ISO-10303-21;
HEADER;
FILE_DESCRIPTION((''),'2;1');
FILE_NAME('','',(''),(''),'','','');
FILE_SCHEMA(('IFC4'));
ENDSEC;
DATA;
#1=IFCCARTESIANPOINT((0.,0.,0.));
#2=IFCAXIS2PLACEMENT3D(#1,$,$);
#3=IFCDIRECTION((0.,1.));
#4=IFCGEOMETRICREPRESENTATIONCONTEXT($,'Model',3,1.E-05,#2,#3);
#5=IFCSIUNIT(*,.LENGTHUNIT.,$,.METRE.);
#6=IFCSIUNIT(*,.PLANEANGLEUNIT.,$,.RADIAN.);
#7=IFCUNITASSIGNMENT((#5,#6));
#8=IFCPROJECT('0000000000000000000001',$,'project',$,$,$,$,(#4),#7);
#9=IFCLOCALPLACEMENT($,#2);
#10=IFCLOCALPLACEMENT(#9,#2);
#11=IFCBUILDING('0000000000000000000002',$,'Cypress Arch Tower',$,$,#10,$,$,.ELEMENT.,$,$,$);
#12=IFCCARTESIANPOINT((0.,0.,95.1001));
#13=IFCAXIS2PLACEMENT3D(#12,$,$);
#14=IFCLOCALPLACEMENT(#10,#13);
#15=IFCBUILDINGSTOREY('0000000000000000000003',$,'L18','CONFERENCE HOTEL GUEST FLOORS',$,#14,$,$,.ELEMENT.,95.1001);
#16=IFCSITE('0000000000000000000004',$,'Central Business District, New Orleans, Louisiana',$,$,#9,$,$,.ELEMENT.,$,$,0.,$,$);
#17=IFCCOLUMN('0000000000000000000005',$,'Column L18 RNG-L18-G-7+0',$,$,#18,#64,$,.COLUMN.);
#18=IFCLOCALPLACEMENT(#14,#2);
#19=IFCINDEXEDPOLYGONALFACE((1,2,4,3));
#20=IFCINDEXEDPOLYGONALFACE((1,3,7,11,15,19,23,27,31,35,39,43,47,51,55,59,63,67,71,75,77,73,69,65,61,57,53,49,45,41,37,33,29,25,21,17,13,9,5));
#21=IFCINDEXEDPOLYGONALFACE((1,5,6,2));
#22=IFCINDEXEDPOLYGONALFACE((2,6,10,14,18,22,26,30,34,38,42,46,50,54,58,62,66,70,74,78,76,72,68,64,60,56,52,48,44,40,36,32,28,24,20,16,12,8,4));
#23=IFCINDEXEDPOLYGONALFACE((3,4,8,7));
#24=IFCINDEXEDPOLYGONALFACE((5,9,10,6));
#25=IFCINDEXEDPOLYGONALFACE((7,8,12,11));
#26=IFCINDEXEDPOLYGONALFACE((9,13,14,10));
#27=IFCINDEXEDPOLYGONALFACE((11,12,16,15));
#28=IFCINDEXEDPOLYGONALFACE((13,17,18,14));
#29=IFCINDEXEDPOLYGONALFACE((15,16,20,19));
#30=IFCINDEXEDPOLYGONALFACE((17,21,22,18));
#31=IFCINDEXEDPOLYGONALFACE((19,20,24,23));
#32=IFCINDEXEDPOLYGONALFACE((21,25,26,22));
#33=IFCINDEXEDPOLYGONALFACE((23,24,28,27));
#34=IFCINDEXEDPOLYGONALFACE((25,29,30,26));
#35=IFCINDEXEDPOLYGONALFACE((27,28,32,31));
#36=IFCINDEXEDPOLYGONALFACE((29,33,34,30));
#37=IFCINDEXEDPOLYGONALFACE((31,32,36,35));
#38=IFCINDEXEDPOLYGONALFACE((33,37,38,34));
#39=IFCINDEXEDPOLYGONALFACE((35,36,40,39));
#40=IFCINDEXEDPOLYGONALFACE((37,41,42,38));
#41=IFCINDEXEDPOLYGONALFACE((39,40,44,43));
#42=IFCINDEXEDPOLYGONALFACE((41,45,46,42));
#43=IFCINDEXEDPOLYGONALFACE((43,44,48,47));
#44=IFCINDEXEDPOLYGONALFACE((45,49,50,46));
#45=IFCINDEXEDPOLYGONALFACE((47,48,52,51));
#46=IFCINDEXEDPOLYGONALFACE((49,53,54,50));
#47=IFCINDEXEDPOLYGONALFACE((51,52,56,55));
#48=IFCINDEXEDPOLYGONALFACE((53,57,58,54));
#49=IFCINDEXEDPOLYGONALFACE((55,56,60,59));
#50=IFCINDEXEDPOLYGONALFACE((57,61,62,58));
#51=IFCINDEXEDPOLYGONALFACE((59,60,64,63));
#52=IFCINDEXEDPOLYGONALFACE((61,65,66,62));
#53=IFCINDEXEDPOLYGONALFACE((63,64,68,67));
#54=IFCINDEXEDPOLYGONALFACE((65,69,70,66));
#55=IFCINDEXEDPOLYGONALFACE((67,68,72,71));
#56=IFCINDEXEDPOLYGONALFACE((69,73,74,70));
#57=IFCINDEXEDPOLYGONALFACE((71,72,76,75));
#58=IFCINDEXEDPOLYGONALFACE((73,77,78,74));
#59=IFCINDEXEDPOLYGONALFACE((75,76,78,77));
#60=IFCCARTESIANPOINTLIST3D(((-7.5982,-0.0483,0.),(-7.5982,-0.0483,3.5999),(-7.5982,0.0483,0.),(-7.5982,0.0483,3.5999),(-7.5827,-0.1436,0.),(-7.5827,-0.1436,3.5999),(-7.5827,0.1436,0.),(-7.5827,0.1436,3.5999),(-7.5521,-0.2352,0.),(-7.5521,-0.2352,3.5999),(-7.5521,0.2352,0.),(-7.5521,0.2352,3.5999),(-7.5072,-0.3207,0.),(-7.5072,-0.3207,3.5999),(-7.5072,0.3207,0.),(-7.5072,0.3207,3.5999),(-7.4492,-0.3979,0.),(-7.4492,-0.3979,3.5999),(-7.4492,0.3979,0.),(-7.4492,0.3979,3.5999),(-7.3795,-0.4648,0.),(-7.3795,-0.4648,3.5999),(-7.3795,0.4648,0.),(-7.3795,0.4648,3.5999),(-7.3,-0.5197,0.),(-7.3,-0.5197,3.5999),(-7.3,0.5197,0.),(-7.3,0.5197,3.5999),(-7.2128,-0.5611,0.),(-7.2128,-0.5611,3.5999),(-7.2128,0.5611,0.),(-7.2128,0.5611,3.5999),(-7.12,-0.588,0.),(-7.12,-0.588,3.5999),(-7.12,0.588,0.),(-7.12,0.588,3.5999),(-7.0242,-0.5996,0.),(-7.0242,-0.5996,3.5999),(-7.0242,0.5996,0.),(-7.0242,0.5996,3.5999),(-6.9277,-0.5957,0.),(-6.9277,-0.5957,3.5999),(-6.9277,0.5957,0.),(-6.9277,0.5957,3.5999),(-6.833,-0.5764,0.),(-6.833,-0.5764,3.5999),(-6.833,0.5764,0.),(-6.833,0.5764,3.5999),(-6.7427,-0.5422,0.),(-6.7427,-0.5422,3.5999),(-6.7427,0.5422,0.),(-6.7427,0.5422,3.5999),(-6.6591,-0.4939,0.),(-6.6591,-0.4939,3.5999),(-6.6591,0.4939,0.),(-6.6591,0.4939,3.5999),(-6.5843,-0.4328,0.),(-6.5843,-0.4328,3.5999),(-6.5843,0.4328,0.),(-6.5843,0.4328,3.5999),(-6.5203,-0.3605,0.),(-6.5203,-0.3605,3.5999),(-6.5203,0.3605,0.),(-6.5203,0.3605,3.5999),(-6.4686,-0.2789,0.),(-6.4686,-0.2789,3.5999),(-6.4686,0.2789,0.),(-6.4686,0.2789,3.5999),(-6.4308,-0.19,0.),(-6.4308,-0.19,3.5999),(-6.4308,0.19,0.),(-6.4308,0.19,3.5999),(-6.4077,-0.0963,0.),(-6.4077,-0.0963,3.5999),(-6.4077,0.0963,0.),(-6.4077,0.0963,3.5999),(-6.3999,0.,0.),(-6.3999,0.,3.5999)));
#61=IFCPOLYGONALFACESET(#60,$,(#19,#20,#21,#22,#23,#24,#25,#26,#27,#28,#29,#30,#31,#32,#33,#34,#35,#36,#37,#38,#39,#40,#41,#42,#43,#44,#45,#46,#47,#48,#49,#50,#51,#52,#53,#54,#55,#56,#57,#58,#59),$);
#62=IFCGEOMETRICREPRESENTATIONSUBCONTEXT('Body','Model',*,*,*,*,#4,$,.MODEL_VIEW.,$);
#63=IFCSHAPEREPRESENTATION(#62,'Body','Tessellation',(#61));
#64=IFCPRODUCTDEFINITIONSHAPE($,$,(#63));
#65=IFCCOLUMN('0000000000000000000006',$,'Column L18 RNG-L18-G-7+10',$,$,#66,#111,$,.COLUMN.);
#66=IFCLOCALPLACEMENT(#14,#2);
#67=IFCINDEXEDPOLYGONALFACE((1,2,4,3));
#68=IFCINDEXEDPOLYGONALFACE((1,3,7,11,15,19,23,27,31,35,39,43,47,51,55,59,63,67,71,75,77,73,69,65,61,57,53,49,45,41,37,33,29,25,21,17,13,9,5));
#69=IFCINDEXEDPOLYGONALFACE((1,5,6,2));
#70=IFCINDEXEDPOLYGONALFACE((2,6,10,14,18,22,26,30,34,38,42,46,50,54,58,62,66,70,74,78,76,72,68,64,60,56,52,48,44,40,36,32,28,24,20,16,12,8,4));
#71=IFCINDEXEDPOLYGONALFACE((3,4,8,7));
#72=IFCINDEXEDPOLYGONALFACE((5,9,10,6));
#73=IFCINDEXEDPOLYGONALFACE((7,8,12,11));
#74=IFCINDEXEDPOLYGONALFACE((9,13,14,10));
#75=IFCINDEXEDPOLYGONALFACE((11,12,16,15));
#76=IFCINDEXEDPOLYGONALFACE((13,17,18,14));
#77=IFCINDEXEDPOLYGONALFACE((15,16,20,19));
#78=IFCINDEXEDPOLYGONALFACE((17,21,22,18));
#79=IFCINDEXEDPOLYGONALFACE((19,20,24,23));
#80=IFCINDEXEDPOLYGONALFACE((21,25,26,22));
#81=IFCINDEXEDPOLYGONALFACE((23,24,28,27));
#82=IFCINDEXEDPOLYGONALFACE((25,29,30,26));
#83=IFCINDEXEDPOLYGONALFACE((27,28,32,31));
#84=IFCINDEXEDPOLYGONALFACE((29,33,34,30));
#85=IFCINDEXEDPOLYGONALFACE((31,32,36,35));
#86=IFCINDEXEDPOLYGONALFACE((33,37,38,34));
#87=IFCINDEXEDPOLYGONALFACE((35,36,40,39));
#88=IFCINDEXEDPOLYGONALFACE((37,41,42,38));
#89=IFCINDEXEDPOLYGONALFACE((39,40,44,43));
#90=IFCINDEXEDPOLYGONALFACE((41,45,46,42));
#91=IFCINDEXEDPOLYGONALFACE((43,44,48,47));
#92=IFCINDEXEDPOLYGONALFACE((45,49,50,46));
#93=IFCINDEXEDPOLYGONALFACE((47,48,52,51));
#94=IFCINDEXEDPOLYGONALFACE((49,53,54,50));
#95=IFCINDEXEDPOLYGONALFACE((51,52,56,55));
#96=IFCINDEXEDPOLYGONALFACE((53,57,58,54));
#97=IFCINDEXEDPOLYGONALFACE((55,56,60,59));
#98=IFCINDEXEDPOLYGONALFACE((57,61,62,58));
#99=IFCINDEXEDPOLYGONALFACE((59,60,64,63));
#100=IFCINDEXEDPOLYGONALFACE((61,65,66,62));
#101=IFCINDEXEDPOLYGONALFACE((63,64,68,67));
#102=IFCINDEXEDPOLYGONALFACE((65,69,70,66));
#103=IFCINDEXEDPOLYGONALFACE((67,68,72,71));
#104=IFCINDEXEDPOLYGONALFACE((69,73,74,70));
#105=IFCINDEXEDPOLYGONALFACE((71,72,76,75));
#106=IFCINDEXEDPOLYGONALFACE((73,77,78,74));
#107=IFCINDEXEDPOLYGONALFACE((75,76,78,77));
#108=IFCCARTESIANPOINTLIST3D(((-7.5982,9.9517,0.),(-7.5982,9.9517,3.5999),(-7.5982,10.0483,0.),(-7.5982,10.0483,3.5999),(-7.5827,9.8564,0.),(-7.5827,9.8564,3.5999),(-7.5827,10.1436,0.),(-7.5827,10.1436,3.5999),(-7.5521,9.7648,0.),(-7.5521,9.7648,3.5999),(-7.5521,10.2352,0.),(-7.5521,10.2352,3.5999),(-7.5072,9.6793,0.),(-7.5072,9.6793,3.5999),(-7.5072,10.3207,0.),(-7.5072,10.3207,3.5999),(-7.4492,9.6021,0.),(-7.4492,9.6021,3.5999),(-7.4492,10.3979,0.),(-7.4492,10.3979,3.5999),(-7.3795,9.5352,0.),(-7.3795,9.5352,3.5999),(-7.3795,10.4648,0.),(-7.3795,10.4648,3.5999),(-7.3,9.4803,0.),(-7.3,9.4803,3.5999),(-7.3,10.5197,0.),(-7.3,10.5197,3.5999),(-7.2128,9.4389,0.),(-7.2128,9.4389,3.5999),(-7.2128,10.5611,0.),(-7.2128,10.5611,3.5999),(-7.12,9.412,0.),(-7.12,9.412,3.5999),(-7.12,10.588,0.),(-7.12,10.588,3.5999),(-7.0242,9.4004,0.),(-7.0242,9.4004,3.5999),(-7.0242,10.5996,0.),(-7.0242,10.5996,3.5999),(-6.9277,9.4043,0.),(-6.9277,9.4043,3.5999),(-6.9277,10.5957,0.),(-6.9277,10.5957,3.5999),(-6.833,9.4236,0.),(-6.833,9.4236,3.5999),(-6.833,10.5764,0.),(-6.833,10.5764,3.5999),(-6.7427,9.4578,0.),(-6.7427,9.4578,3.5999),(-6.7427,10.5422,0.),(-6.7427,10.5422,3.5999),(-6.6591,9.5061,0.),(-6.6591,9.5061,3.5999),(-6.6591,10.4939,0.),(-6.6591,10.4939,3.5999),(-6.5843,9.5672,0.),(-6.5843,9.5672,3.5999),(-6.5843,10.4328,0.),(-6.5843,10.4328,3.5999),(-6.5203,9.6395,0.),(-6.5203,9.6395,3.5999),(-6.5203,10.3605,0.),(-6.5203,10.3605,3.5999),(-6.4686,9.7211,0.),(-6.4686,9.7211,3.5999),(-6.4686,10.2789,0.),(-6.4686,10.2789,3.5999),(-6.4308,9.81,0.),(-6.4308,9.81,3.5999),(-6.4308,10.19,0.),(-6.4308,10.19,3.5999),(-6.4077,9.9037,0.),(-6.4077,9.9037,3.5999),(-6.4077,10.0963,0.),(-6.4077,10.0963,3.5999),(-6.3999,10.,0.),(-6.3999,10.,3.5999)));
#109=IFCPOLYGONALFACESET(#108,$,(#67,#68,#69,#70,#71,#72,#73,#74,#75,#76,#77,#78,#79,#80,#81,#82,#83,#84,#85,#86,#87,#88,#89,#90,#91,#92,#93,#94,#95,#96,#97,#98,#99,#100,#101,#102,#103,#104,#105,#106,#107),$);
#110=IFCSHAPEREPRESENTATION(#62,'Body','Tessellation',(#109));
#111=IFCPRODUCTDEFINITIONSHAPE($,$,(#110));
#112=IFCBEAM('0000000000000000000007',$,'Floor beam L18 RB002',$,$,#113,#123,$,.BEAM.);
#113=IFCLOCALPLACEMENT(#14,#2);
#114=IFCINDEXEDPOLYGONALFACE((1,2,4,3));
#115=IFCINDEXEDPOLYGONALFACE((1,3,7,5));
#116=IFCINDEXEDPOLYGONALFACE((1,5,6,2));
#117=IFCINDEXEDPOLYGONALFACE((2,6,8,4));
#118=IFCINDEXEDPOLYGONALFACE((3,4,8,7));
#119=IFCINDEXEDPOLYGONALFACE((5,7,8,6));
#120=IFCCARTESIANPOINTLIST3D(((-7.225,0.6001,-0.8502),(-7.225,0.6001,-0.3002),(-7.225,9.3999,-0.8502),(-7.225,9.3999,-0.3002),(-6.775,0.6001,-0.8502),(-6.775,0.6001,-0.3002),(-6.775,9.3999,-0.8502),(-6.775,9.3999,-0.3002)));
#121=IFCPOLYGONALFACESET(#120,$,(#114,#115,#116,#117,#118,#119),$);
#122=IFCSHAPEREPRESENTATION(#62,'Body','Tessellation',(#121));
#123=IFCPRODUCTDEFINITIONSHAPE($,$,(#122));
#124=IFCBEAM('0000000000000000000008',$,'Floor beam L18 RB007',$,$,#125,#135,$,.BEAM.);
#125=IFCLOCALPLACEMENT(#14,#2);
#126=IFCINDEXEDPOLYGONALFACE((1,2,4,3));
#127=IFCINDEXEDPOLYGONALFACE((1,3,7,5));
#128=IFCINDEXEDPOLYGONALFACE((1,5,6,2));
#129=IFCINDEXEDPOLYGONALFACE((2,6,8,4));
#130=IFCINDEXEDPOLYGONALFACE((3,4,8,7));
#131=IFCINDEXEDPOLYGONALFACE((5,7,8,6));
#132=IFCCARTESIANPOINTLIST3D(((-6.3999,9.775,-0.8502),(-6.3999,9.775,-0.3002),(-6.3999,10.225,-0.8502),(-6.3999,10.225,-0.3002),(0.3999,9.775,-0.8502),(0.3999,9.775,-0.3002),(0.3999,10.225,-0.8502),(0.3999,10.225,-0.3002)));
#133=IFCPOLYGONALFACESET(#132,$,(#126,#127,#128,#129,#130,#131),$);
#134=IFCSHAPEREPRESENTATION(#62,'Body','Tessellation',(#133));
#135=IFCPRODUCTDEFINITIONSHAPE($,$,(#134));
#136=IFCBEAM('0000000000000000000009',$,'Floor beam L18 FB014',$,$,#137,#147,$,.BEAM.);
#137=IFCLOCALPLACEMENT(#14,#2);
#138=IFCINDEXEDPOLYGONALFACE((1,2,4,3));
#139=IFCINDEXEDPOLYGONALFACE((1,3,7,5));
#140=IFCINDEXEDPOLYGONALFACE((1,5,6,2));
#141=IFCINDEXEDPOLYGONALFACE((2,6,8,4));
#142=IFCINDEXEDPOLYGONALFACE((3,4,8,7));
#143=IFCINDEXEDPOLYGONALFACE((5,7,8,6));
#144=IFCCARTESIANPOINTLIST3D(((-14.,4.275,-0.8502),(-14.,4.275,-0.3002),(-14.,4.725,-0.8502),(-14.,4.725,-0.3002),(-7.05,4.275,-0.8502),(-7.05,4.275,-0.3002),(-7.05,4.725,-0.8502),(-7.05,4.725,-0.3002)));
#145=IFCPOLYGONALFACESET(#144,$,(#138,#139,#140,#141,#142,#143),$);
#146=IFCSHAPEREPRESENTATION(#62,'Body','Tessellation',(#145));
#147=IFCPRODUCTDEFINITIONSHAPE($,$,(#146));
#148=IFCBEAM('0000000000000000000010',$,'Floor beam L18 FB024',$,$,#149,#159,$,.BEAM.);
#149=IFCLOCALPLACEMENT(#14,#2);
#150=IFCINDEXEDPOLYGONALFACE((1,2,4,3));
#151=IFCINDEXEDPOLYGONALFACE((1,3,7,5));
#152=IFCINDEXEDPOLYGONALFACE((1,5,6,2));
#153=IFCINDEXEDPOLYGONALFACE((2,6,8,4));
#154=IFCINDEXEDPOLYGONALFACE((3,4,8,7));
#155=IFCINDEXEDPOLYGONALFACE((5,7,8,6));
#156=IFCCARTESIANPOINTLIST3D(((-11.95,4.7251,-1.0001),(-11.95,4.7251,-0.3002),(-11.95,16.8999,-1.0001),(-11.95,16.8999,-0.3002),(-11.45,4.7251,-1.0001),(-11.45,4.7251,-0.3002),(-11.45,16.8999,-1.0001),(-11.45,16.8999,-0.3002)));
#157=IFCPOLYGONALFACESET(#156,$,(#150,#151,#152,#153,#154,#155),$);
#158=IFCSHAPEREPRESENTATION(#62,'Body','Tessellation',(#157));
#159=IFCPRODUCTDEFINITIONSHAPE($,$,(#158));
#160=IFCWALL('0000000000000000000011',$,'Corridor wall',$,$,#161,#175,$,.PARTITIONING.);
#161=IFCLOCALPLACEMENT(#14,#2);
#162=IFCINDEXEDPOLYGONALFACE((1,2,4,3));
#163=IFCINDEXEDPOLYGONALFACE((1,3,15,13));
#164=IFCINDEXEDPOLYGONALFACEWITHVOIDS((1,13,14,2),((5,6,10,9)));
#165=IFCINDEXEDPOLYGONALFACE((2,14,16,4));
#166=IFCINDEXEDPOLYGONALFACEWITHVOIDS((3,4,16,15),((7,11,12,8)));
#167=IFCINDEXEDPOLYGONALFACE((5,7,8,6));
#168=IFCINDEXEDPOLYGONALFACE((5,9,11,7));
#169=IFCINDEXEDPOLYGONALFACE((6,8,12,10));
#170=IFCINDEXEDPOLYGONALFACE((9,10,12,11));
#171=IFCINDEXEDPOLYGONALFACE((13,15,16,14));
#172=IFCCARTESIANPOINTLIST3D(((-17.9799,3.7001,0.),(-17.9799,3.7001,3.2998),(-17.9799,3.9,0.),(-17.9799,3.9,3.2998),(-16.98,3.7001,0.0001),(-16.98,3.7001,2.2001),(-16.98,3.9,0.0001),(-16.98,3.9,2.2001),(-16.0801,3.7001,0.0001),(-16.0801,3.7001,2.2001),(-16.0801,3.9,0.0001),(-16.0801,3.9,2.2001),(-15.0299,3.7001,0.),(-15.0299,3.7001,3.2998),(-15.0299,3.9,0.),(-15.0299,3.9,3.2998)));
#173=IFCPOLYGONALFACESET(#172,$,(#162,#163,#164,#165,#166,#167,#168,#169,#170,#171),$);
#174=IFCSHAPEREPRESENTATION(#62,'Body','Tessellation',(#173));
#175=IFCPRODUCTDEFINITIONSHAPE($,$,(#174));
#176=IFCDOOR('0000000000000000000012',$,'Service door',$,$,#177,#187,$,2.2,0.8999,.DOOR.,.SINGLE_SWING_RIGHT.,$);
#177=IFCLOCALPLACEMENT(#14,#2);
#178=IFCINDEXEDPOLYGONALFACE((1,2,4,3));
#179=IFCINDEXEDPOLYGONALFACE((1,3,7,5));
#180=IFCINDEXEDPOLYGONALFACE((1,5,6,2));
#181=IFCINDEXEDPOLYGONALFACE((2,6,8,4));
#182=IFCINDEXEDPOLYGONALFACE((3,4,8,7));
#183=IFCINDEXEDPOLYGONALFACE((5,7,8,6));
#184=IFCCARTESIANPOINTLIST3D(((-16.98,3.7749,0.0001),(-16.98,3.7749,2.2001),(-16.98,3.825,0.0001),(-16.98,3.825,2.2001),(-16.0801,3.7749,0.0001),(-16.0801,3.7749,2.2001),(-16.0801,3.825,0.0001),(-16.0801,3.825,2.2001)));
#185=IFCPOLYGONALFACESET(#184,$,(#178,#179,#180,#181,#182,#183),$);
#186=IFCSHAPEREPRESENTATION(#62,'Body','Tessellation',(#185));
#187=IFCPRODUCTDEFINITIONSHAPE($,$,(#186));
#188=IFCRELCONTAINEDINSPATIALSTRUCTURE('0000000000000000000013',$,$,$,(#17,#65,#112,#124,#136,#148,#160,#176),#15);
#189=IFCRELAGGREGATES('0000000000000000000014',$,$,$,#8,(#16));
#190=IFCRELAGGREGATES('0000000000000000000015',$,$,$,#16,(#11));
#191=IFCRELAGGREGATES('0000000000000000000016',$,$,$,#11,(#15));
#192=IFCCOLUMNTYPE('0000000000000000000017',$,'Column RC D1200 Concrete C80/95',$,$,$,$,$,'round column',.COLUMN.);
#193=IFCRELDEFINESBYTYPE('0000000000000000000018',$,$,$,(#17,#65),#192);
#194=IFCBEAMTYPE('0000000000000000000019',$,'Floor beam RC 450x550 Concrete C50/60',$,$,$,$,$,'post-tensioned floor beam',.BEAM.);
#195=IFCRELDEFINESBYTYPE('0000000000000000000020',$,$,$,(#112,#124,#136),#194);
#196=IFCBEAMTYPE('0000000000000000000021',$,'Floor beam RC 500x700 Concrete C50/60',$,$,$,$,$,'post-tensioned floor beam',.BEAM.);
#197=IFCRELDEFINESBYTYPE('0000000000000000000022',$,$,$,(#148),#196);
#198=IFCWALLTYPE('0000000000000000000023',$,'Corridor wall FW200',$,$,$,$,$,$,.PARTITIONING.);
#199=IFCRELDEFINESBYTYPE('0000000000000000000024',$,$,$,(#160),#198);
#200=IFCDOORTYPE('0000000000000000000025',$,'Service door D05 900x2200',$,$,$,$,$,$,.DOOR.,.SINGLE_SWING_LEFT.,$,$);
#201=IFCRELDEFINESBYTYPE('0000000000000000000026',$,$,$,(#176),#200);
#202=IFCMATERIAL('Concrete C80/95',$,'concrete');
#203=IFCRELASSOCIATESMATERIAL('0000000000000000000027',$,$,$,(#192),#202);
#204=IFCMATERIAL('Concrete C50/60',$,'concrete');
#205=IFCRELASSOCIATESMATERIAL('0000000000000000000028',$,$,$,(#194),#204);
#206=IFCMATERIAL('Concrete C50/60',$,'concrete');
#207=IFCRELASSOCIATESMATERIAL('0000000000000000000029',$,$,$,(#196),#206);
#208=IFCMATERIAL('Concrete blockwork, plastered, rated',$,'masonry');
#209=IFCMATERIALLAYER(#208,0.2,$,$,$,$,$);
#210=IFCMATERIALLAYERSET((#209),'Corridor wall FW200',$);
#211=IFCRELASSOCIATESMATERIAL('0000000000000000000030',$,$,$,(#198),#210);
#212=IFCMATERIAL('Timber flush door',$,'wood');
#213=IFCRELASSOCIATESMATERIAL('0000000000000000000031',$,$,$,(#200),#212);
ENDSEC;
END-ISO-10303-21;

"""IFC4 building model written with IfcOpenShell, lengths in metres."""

from ifc_helpers import new_model, si_unit, direction, frame, frame_2d, origin, origin_2d, place, context, subcontext, project, spatial, rectangle, circle, extrude, material, layer, layer_set, material_profile, profile_set, type_object, element, fill, save


model = new_model("IFC4")

# Units and contexts
model_context = context("Model", 3, precision=1e-05, world=origin(), true_north=direction((0.0, 1.0)))
body_context = subcontext(model_context, "Body", "Model", "MODEL_VIEW")
ifc_project = project(units=[si_unit("LENGTHUNIT", "METRE"), si_unit("PLANEANGLEUNIT", "RADIAN")], contexts=[model_context])

# Site, building, storey
site_placement = place(None, origin())
site = spatial("IfcSite", under=ifc_project, at=site_placement, Name="Central Business District, New Orleans, Louisiana", CompositionType="ELEMENT", RefElevation=0.0)
building_placement = place(site_placement, origin())
building = spatial("IfcBuilding", under=site, at=building_placement, Name="Cypress Arch Tower", CompositionType="ELEMENT")
storey_placement = place(building_placement, frame((0.0, 0.0, 95.1001)))
storey = spatial("IfcBuildingStorey", under=building, at=storey_placement, Name="L18", Description="CONFERENCE HOTEL GUEST FLOORS", CompositionType="ELEMENT", Elevation=95.1001)

# Columns
ifc_material_1 = material(Name="Concrete C80/95", Category="concrete")
ifc_material_profile_1 = material_profile(ifc_material_1, circle(Radius=0.6001, at=origin_2d()), Name="RC D1200")
ifc_profile_set_1 = profile_set([ifc_material_profile_1], Name="Concrete C80/95")
column_type = type_object("IfcColumnType", Name="Column RC D1200 Concrete C80/95", ElementType="round column", PredefinedType="COLUMN", material=ifc_profile_set_1)
for number, where, z_axis, x_axis, name in (
    (1, (-7.0, 0.0, 0.0), (0.0, 0.0, 1.0), (1.0, 0.0, 0.0), "Column L18 RNG-L18-G-7+0"),
    (2, (-7.0, 10.0, 0.0), (0.0, 0.0, 1.0), (1.0, 0.0, 0.0), "Column L18 RNG-L18-G-7+10"),
):
    element("IfcColumn", number, at=place(storey_placement, frame(where, z_axis=z_axis, x_axis=x_axis)), inside=storey, type_object=column_type, Name=name, PredefinedType="COLUMN", context=body_context, shape_type="SweptSolid", body=[
        extrude(circle(Radius=0.6001, at=origin_2d()), origin(), (0.0, 0.0, 1.0), 3.5999),
    ])

# Beams
ifc_material_2 = material(Name="Concrete C50/60", Category="concrete")
ifc_material_profile_2 = material_profile(ifc_material_2, rectangle(XDim=0.45, YDim=0.55, at=origin_2d()), Name="RC 450x550")
ifc_profile_set_2 = profile_set([ifc_material_profile_2], Name="Concrete C50/60")
beam_type_1 = type_object("IfcBeamType", Name="Floor beam RC 450x550 Concrete C50/60", ElementType="post-tensioned floor beam", PredefinedType="BEAM", material=ifc_profile_set_2)
beam_1_placement = place(storey_placement, frame((-7.0, 0.6001, -0.5752), z_axis=(0.0, 1.0, 0.0), x_axis=(-1.0, 0.0, 0.0)))
element("IfcBeam", 3, at=beam_1_placement, inside=storey, type_object=beam_type_1, Name="Floor beam L18 RB002", PredefinedType="BEAM", context=body_context, shape_type="SweptSolid", body=[
    extrude(rectangle(XDim=0.45, YDim=0.55, at=origin_2d()), origin(), (0.0, 0.0, 1.0), 8.7998),
])
beam_2_placement = place(storey_placement, frame((-6.3999, 10.0, -0.5752), z_axis=(1.0, 0.0, 0.0), x_axis=(0.0, 1.0, 0.0)))
element("IfcBeam", 4, at=beam_2_placement, inside=storey, type_object=beam_type_1, Name="Floor beam L18 RB007", PredefinedType="BEAM", context=body_context, shape_type="SweptSolid", body=[
    extrude(rectangle(XDim=0.45, YDim=0.55, at=origin_2d()), origin(), (0.0, 0.0, 1.0), 6.7998),
])
beam_3_placement = place(storey_placement, frame((-14.0, 4.5, -0.5752), z_axis=(1.0, 0.0, 0.0), x_axis=(0.0, 1.0, 0.0)))
element("IfcBeam", 5, at=beam_3_placement, inside=storey, type_object=beam_type_1, Name="Floor beam L18 FB014", PredefinedType="BEAM", context=body_context, shape_type="SweptSolid", body=[
    extrude(rectangle(XDim=0.45, YDim=0.55, at=origin_2d()), origin(), (0.0, 0.0, 1.0), 6.95),
])
ifc_material_3 = material(Name="Concrete C50/60", Category="concrete")
ifc_material_profile_3 = material_profile(ifc_material_3, rectangle(XDim=0.5, YDim=0.7, at=origin_2d()), Name="RC 500x700")
ifc_profile_set_3 = profile_set([ifc_material_profile_3], Name="Concrete C50/60")
beam_type_2 = type_object("IfcBeamType", Name="Floor beam RC 500x700 Concrete C50/60", ElementType="post-tensioned floor beam", PredefinedType="BEAM", material=ifc_profile_set_3)
beam_4_placement = place(storey_placement, frame((-11.7, 4.7251, -0.6501), z_axis=(0.0, 1.0, 0.0), x_axis=(-1.0, 0.0, 0.0)))
element("IfcBeam", 6, at=beam_4_placement, inside=storey, type_object=beam_type_2, Name="Floor beam L18 FB024", PredefinedType="BEAM", context=body_context, shape_type="SweptSolid", body=[
    extrude(rectangle(XDim=0.5, YDim=0.7, at=origin_2d()), origin(), (0.0, 0.0, 1.0), 12.1748),
])

# Wall, opening, door
ifc_material_4 = material(Name="Concrete blockwork, plastered, rated", Category="masonry")
ifc_layer_1 = layer(ifc_material_4, 0.2)
ifc_layer_set_1 = layer_set([ifc_layer_1], Name="Corridor wall FW200")
wall_type_1 = type_object("IfcWallType", Name="Corridor wall FW200", PredefinedType="PARTITIONING", material=ifc_layer_set_1)
wall_1_placement = place(storey_placement, frame((-17.98, 3.8, 0.0), z_axis=(0.0, 0.0, 1.0), x_axis=(1.0, 0.0, 0.0)))
wall_1 = element("IfcWall", 7, at=wall_1_placement, inside=storey, type_object=wall_type_1, Name="Corridor wall", PredefinedType="PARTITIONING", context=body_context, shape_type="SweptSolid", body=[
    extrude(rectangle(XDim=2.95, YDim=0.2, at=frame_2d((1.4751, 0.0))), origin(), (0.0, 0.0, 1.0), 3.2998),
])
opening_1_placement = place(wall_1_placement, frame((1.0, 0.0, 0.0)))
opening_1 = element("IfcOpeningElement", 8, at=opening_1_placement, cuts=wall_1, PredefinedType="OPENING", context=body_context, shape_type="SweptSolid", body=[
    extrude(rectangle(XDim=0.8999, YDim=2.2, at=frame_2d((0.45, 1.1001))), frame((0.0, 0.1099, 0.0), z_axis=(0.0, -1.0, 0.0), x_axis=(1.0, 0.0, 0.0)), (0.0, 0.0, 1.0), 0.22),
])
ifc_material_5 = material(Name="Timber flush door", Category="wood")
door_type_1 = type_object("IfcDoorType", Name="Service door D05 900x2200", OperationType="SINGLE_SWING_LEFT", PredefinedType="DOOR", material=ifc_material_5)
door_1_placement = place(opening_1_placement, origin())
door_1 = element("IfcDoor", 9, at=door_1_placement, inside=storey, type_object=door_type_1, Name="Service door", OperationType="SINGLE_SWING_RIGHT", OverallHeight=2.2, OverallWidth=0.8999, PredefinedType="DOOR", context=body_context, shape_type="SweptSolid", body=[
    extrude(rectangle(XDim=0.8999, YDim=2.2, at=frame_2d((0.45, 1.1001))), frame((0.0, 0.0249, 0.0), z_axis=(0.0, -1.0, 0.0), x_axis=(1.0, 0.0, 0.0)), (0.0, 0.0, 1.0), 0.05),
])
fill(opening_1, door_1)

save(model, "model.ifc")
